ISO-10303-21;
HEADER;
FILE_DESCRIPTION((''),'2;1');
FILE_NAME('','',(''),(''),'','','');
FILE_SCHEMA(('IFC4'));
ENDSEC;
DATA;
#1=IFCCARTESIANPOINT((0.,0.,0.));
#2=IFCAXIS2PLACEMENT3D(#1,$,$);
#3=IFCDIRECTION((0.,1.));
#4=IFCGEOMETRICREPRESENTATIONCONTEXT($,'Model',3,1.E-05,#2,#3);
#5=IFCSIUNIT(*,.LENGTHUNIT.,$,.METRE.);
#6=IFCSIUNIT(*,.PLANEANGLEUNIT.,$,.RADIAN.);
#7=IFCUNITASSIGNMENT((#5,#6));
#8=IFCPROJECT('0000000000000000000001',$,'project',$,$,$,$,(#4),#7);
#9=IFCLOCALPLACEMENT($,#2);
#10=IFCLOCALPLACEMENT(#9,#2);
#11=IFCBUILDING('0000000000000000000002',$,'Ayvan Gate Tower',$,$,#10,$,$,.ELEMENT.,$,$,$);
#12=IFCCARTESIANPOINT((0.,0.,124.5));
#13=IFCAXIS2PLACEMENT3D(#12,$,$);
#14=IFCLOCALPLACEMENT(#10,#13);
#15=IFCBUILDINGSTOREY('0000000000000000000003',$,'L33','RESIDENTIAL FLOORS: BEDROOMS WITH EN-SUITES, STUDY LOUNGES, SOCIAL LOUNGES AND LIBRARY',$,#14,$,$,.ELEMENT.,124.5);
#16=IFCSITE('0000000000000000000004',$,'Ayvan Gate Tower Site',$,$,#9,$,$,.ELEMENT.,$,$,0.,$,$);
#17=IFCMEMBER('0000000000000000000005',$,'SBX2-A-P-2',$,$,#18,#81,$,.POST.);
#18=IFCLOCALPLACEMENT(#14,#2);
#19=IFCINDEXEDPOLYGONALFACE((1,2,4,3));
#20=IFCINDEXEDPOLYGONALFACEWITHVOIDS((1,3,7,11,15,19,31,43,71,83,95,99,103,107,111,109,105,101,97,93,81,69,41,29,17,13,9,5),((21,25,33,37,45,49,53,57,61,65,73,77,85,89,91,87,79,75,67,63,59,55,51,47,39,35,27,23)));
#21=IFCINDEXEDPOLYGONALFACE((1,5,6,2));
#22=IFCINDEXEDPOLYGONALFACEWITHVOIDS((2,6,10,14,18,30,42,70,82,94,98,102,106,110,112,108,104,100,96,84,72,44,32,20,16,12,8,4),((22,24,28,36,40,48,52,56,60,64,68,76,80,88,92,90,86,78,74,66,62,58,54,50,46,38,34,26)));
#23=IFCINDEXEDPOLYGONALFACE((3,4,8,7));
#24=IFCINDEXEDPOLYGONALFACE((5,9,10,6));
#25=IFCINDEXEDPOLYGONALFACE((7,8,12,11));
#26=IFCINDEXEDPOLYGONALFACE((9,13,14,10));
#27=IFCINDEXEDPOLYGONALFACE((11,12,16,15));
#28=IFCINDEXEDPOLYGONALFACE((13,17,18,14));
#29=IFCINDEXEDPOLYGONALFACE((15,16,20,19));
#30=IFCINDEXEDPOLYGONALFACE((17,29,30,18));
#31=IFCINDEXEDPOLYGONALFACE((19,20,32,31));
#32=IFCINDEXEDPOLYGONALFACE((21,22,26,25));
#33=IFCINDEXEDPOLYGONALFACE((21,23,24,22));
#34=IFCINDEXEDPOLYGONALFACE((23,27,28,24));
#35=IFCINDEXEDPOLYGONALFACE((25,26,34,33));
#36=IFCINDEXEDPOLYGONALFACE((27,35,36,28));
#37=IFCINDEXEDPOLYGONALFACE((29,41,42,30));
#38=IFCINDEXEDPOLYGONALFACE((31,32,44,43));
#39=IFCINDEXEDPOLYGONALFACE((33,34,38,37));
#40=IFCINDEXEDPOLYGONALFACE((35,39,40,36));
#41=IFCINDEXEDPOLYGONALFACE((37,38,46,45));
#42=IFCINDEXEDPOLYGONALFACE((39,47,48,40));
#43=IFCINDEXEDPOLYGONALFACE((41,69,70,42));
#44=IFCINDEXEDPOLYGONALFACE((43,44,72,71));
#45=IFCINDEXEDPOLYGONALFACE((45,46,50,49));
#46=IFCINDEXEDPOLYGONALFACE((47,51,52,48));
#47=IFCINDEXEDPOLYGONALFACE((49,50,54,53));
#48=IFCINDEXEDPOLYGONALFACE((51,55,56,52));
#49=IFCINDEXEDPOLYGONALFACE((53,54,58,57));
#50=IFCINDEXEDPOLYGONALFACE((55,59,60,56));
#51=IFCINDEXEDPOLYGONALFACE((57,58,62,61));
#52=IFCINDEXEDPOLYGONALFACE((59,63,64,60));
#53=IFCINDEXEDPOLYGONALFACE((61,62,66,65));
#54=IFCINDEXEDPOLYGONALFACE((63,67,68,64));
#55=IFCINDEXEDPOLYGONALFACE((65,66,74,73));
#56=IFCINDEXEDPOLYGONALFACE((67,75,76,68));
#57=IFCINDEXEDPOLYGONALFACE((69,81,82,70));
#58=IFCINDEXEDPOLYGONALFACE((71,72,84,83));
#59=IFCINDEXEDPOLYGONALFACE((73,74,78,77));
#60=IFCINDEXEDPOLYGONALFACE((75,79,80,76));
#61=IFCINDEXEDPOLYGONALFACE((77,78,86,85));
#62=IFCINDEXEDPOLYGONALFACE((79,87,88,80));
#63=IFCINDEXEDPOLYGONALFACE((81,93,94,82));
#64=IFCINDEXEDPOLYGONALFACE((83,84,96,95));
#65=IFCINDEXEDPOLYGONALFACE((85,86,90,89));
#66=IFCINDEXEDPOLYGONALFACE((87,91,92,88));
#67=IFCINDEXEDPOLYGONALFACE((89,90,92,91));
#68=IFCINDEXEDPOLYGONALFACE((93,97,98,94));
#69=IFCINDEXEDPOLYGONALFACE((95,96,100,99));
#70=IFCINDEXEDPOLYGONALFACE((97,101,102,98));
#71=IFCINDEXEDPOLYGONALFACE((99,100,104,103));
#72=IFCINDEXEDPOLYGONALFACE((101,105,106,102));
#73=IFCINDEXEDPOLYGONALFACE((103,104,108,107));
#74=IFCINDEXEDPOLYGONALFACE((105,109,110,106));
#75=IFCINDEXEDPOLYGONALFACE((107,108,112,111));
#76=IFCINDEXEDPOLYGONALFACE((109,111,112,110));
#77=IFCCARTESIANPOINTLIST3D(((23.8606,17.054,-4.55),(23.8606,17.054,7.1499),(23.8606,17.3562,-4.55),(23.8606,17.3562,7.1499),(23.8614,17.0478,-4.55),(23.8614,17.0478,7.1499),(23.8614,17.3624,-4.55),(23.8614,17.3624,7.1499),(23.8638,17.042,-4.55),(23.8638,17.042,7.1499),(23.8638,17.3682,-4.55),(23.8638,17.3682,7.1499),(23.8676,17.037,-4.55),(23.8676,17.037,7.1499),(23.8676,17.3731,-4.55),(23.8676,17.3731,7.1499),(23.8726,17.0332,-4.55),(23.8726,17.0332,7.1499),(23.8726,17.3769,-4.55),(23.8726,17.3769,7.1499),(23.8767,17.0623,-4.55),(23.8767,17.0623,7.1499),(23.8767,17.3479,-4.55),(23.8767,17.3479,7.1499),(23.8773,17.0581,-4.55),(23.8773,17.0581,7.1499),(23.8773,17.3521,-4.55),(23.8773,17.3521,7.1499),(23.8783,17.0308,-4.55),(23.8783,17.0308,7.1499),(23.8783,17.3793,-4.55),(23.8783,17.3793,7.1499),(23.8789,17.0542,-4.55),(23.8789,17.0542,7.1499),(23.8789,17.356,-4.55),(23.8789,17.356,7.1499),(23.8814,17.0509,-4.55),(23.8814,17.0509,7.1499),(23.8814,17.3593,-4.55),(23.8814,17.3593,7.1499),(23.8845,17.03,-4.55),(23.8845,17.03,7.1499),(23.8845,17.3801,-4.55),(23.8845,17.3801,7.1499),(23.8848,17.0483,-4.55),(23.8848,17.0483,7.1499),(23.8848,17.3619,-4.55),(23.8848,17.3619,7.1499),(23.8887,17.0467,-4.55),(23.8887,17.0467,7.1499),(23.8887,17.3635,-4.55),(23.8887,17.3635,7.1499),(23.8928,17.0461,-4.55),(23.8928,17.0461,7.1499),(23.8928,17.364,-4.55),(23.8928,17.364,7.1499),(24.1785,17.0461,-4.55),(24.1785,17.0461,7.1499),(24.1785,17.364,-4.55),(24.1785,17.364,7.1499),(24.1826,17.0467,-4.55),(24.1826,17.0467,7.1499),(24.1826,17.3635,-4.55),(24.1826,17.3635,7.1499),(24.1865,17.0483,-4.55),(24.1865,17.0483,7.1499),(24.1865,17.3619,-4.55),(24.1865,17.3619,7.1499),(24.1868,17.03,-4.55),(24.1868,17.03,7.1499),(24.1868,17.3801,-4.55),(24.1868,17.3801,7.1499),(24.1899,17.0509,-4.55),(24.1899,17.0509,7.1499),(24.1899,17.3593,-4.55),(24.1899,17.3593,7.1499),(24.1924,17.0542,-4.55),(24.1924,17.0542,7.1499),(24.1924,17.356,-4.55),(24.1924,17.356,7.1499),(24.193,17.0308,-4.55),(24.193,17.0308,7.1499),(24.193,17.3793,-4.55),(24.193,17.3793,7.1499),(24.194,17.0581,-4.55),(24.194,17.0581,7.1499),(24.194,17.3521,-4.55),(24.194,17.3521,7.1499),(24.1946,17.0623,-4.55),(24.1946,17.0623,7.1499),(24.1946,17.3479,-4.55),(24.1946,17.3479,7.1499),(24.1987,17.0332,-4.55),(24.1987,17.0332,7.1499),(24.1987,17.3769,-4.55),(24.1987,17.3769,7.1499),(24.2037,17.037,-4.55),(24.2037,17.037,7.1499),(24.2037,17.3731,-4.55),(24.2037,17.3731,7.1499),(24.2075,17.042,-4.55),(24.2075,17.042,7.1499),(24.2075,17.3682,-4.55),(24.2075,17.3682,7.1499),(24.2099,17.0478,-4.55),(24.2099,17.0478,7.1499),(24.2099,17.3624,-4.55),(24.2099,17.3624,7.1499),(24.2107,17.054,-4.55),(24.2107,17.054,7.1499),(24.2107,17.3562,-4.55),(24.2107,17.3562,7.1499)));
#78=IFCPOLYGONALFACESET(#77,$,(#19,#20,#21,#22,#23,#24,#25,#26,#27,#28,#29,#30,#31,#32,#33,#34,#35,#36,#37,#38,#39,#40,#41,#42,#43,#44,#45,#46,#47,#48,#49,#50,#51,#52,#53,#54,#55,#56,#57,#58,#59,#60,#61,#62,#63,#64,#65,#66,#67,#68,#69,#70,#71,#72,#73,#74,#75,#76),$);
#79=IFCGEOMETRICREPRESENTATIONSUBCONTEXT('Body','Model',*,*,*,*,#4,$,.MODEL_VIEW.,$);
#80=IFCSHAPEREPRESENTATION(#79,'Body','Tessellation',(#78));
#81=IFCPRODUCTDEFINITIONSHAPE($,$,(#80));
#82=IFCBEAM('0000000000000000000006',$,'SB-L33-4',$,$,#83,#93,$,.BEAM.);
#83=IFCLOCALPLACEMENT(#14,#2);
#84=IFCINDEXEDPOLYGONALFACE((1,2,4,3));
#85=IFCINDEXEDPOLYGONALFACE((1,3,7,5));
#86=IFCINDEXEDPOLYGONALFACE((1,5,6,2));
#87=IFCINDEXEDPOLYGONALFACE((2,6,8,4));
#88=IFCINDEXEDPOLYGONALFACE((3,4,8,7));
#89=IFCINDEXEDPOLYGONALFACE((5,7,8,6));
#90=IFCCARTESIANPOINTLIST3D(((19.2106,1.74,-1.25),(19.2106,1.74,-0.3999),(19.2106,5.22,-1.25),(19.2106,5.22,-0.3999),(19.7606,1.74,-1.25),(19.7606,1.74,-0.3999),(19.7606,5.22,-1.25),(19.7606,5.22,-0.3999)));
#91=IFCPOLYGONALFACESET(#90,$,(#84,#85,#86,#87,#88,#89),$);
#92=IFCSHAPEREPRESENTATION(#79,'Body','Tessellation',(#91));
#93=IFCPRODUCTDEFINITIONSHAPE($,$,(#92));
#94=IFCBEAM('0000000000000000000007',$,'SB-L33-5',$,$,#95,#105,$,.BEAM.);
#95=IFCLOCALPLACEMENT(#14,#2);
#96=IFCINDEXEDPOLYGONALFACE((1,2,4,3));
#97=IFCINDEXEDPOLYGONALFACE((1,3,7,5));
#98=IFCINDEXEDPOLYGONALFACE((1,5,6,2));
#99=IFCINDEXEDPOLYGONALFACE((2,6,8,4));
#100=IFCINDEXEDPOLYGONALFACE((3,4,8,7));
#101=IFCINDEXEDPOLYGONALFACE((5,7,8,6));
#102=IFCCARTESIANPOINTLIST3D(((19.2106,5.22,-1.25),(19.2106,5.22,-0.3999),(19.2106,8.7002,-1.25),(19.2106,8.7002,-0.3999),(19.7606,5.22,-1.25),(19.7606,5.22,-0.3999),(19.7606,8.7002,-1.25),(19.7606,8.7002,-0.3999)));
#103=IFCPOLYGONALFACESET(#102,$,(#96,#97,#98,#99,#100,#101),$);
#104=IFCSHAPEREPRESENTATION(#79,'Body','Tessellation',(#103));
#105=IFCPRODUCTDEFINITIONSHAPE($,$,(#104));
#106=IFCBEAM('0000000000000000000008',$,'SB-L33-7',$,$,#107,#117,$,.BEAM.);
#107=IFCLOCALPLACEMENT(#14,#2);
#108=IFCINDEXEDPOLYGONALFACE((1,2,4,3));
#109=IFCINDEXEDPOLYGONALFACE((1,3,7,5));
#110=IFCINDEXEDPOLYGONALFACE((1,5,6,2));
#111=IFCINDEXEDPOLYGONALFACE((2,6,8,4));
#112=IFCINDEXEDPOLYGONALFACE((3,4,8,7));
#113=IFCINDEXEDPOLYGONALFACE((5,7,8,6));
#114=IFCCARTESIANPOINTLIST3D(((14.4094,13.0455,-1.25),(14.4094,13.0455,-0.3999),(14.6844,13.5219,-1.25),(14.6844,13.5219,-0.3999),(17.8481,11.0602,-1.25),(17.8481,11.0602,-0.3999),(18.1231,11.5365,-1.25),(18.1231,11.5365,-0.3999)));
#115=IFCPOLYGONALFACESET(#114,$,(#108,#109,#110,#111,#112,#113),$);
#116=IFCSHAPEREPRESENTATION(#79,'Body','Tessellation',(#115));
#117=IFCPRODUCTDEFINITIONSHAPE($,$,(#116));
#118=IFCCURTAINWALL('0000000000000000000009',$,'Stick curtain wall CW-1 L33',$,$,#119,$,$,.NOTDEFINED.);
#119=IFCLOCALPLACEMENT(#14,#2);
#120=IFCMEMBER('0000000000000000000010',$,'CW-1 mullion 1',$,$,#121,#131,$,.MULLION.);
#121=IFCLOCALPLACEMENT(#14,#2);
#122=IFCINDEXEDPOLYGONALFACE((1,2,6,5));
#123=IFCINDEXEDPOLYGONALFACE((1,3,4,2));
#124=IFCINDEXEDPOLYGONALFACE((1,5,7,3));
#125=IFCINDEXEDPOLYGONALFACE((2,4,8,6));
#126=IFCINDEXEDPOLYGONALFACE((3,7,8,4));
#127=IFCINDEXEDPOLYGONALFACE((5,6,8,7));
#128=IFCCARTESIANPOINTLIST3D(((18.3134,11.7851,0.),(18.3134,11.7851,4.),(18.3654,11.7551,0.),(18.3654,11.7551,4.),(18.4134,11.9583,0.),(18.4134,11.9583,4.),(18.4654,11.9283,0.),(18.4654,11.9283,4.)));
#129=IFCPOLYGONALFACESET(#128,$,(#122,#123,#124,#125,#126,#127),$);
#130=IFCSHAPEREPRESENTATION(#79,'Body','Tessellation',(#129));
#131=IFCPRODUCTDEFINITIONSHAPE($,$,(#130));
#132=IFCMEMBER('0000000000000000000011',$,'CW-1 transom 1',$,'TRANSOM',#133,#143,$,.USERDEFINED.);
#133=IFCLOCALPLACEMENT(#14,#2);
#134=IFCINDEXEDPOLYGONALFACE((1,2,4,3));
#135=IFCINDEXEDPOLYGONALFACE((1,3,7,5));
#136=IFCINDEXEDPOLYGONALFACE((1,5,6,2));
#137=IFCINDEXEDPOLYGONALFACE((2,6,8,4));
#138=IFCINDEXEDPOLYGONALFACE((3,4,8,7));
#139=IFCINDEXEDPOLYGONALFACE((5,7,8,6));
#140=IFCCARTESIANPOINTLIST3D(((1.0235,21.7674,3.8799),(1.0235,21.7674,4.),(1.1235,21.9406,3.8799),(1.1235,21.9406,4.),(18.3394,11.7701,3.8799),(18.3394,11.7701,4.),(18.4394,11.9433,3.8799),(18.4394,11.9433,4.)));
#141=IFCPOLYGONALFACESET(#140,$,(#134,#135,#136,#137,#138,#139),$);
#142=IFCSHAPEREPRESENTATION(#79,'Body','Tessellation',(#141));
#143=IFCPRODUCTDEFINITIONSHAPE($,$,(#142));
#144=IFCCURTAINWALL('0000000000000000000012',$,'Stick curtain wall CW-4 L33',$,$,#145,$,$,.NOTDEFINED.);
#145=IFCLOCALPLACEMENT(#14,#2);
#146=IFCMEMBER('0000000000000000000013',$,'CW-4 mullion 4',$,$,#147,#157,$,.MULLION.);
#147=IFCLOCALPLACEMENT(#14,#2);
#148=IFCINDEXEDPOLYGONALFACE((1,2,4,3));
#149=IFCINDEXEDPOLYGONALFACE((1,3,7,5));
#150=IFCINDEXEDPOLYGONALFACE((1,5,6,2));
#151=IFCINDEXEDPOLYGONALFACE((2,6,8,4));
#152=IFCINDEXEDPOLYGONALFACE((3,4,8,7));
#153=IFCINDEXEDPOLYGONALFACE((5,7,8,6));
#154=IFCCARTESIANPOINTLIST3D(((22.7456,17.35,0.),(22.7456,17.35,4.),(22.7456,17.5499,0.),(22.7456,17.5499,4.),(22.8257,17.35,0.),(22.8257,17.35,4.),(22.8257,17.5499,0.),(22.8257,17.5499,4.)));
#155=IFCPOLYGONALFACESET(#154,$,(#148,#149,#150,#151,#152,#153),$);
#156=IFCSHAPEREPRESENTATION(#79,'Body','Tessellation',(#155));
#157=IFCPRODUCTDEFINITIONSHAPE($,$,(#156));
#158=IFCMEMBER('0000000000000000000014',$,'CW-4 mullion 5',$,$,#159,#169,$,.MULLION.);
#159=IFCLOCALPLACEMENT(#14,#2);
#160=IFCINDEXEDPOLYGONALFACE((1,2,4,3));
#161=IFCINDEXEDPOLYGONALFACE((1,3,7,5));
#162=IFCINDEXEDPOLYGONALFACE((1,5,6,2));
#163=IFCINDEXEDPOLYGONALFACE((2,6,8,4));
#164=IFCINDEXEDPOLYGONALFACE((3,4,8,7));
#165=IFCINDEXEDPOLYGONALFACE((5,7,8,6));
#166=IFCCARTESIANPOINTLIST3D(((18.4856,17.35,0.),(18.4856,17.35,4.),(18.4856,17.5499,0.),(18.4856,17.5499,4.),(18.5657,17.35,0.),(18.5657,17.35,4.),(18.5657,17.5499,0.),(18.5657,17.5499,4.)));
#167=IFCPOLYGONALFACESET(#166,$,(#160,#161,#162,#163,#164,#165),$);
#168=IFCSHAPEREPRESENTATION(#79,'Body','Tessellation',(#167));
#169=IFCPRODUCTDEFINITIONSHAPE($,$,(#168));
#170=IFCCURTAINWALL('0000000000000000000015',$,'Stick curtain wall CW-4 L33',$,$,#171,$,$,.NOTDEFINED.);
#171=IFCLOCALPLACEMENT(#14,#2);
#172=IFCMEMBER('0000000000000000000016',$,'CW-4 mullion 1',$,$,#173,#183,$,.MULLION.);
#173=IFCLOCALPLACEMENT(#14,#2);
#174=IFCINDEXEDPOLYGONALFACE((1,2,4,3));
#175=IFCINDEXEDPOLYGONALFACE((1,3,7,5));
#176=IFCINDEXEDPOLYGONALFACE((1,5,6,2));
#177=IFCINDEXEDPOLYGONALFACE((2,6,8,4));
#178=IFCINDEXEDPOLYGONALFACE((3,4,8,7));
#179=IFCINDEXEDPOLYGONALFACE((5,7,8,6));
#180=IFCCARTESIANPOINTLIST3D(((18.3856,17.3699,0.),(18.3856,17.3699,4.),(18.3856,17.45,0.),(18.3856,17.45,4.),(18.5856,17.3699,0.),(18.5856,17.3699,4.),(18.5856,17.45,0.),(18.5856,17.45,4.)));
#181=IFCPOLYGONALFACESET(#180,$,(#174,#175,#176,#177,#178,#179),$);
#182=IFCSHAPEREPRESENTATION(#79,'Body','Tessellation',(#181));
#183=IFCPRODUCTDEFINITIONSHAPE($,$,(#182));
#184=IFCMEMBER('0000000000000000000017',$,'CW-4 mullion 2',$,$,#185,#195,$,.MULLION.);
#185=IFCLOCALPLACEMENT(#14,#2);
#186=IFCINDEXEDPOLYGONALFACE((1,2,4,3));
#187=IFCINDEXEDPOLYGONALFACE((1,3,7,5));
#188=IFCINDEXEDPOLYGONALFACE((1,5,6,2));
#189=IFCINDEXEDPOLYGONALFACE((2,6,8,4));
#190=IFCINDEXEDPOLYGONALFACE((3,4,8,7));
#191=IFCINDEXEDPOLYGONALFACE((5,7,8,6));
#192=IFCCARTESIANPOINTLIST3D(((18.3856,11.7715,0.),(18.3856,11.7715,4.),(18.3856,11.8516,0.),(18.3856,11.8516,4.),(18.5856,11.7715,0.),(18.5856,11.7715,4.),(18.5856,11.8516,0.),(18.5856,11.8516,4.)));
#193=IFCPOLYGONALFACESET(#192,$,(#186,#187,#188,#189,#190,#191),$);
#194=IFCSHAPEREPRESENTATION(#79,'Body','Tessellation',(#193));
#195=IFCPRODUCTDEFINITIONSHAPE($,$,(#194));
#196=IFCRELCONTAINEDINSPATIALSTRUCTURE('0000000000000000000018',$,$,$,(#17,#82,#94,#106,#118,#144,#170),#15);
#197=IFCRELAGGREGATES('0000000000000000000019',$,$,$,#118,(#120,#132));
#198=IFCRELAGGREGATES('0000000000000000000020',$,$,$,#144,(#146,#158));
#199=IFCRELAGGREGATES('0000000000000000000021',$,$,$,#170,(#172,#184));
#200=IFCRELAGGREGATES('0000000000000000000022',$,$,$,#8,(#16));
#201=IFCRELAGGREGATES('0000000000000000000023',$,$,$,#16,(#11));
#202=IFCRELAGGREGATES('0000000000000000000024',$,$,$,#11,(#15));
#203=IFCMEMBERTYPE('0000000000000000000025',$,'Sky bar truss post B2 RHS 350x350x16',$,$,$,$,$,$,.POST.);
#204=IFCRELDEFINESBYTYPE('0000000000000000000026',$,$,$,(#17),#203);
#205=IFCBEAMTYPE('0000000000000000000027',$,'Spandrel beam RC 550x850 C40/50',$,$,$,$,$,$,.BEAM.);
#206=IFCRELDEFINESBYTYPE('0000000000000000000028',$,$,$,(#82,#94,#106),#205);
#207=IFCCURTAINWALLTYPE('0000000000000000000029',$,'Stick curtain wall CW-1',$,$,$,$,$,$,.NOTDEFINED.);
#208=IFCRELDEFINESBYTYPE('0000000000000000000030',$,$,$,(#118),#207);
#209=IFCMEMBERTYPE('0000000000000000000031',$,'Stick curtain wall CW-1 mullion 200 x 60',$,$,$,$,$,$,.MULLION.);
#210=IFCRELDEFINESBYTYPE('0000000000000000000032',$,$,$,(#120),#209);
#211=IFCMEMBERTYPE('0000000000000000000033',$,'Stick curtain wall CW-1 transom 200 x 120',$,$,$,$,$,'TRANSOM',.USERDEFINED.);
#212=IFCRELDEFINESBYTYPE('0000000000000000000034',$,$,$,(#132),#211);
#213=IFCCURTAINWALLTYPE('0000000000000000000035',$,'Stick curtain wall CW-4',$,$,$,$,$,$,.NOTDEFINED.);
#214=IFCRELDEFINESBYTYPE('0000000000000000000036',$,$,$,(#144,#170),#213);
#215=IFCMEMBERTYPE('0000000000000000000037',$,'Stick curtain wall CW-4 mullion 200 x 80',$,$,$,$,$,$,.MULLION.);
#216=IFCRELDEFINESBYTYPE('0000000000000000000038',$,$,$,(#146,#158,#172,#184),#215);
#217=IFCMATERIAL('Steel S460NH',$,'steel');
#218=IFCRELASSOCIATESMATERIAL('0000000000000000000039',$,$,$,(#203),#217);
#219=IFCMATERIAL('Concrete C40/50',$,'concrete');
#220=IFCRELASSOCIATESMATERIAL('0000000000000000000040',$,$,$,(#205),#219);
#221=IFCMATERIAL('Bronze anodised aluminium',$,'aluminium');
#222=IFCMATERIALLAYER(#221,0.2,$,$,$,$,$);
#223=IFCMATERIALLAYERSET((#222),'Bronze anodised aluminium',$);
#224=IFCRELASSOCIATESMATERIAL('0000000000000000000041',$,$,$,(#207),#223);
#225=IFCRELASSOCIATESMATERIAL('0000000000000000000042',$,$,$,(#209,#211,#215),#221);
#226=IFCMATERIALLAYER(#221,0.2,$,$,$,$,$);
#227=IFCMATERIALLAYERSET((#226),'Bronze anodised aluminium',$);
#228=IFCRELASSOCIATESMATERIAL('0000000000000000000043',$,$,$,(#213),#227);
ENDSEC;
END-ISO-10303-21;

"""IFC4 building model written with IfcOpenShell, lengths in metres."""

from ifc_helpers import new_model, si_unit, direction, frame, origin, origin_2d, place, context, subcontext, project, spatial, rectangle, hollow_rectangle, extrude, material, layer, layer_set, material_profile, profile_set, type_object, element, aggregate, save


model = new_model("IFC4")

# Units and contexts
model_context = context("Model", 3, precision=1e-05, world=origin(), true_north=direction((0.0, 1.0)))
body_context = subcontext(model_context, "Body", "Model", "MODEL_VIEW")
ifc_project = project(units=[si_unit("LENGTHUNIT", "METRE"), si_unit("PLANEANGLEUNIT", "RADIAN")], contexts=[model_context])

# Site, building, storey
site_placement = place(None, origin())
site = spatial("IfcSite", under=ifc_project, at=site_placement, Name="Ayvan Gate Tower Site", CompositionType="ELEMENT", RefElevation=0.0)
building_placement = place(site_placement, origin())
building = spatial("IfcBuilding", under=site, at=building_placement, Name="Ayvan Gate Tower", CompositionType="ELEMENT")
storey_placement = place(building_placement, frame((0.0, 0.0, 124.5)))
storey = spatial("IfcBuildingStorey", under=building, at=storey_placement, Name="L33", Description="RESIDENTIAL FLOORS: BEDROOMS WITH EN-SUITES, STUDY LOUNGES, SOCIAL LOUNGES AND LIBRARY", CompositionType="ELEMENT", Elevation=124.5)

# Shared definitions
ifc_material_1 = material(Name="Concrete C40/50", Category="concrete")

# Member
ifc_material_2 = material(Name="Steel S460NH", Category="steel")
ifc_material_profile_1 = material_profile(ifc_material_2, hollow_rectangle(XDim=0.3501, YDim=0.3501, WallThickness=0.0161, InnerFilletRadius=0.0161, OuterFilletRadius=0.0239, at=origin_2d()), Name="RHS 350x350x16")
ifc_profile_set_1 = profile_set([ifc_material_profile_1], Name="Steel S460NH")
member_type_1 = type_object("IfcMemberType", Name="Sky bar truss post B2 RHS 350x350x16", PredefinedType="POST", material=ifc_profile_set_1)
for number, where, z_axis, x_axis, name in (
    (1, (24.0356, 17.2051, -4.55), (0.0, 0.0, 1.0), (1.0, 0.0, 0.0), "SBX2-A-P-2"),
):
    element("IfcMember", number, at=place(storey_placement, frame(where, z_axis=z_axis, x_axis=x_axis)), inside=storey, type_object=member_type_1, Name=name, PredefinedType="POST", context=body_context, shape_type="SweptSolid", body=[
        extrude(hollow_rectangle(XDim=0.3501, YDim=0.3501, WallThickness=0.0161, InnerFilletRadius=0.0161, OuterFilletRadius=0.0239, at=origin_2d()), origin(), (0.0, 0.0, 1.0), 11.7),
    ])

# Beams
ifc_material_profile_2 = material_profile(ifc_material_1, rectangle(XDim=0.55, YDim=0.8501, at=origin_2d()), Name="RC 550x850")
ifc_profile_set_2 = profile_set([ifc_material_profile_2], Name="Concrete C40/50")
beam_type_1 = type_object("IfcBeamType", Name="Spandrel beam RC 550x850 C40/50", PredefinedType="BEAM", material=ifc_profile_set_2)
beam_1_placement = place(storey_placement, frame((19.4856, 1.74, -0.825), z_axis=(0.0, 1.0, 0.0), x_axis=(-1.0, 0.0, 0.0)))
element("IfcBeam", 2, at=beam_1_placement, inside=storey, type_object=beam_type_1, Name="SB-L33-4", PredefinedType="BEAM", context=body_context, shape_type="SweptSolid", body=[
    extrude(rectangle(XDim=0.55, YDim=0.8501, at=origin_2d()), origin(), (0.0, 0.0, 1.0), 3.48),
])
beam_2_placement = place(storey_placement, frame((19.4856, 5.22, -0.825), z_axis=(0.0, 1.0, 0.0), x_axis=(-1.0, 0.0, 0.0)))
element("IfcBeam", 3, at=beam_2_placement, inside=storey, type_object=beam_type_1, Name="SB-L33-5", PredefinedType="BEAM", context=body_context, shape_type="SweptSolid", body=[
    extrude(rectangle(XDim=0.55, YDim=0.8501, at=origin_2d()), origin(), (0.0, 0.0, 1.0), 3.4802),
])
beam_3_placement = place(storey_placement, frame((17.9856, 11.2983, -0.825), z_axis=(-0.866025, 0.500001, 0.0), x_axis=(-0.500001, -0.866025, 0.0)))
element("IfcBeam", 4, at=beam_3_placement, inside=storey, type_object=beam_type_1, Name="SB-L33-7", PredefinedType="BEAM", context=body_context, shape_type="SweptSolid", body=[
    extrude(rectangle(XDim=0.55, YDim=0.8501, at=origin_2d()), origin(), (0.0, 0.0, 1.0), 3.9707),
])

# Curtain walls, members
ifc_material_3 = material(Name="Bronze anodised aluminium", Category="aluminium")
ifc_layer_1 = layer(ifc_material_3, 0.2)
ifc_layer_set_1 = layer_set([ifc_layer_1], Name="Bronze anodised aluminium")
curtain_wall_type_1 = type_object("IfcCurtainWallType", Name="Stick curtain wall CW-1", PredefinedType="NOTDEFINED", material=ifc_layer_set_1)
curtain_wall_1_placement = place(storey_placement, origin())
curtain_wall_1 = element("IfcCurtainWall", 5, at=curtain_wall_1_placement, inside=storey, type_object=curtain_wall_type_1, Name="Stick curtain wall CW-1 L33", PredefinedType="NOTDEFINED")
ifc_material_profile_3 = material_profile(ifc_material_3, rectangle(XDim=0.2, YDim=0.0601, at=origin_2d()), Name="Stick curtain wall CW-1 mullion 200 x 60")
ifc_profile_set_3 = profile_set([ifc_material_profile_3], Name="Bronze anodised aluminium")
member_type_2 = type_object("IfcMemberType", Name="Stick curtain wall CW-1 mullion 200 x 60", PredefinedType="MULLION", material=ifc_profile_set_3)
member_1_placement = place(storey_placement, frame((18.3894, 11.8567, 0.0), z_axis=(0.0, 0.0, 1.0), x_axis=(0.5, 0.866025, 0.0)))
member_1 = element("IfcMember", 6, at=member_1_placement, type_object=member_type_2, Name="CW-1 mullion 1", PredefinedType="MULLION", context=body_context, shape_type="SweptSolid", body=[
    extrude(rectangle(XDim=0.2, YDim=0.0601, at=origin_2d()), origin(), (0.0, 0.0, 1.0), 4.0),
])
ifc_material_profile_4 = material_profile(ifc_material_3, rectangle(XDim=0.2, YDim=0.1201, at=origin_2d()), Name="Stick curtain wall CW-1 transom 200 x 120")
ifc_profile_set_4 = profile_set([ifc_material_profile_4], Name="Bronze anodised aluminium")
member_type_3 = type_object("IfcMemberType", Name="Stick curtain wall CW-1 transom 200 x 120", ElementType="TRANSOM", PredefinedType="USERDEFINED", material=ifc_profile_set_4)
member_2_placement = place(storey_placement, frame((18.3894, 11.8567, 3.9399), z_axis=(-0.866026, 0.499999, 0.0), x_axis=(-0.499999, -0.866026, 0.0)))
member_2 = element("IfcMember", 7, at=member_2_placement, type_object=member_type_3, Name="CW-1 transom 1", ObjectType="TRANSOM", PredefinedType="USERDEFINED", context=body_context, shape_type="SweptSolid", body=[
    extrude(rectangle(XDim=0.2, YDim=0.1201, at=origin_2d()), origin(), (0.0, 0.0, 1.0), 19.9946),
])
aggregate(curtain_wall_1, [member_1, member_2])
ifc_layer_2 = layer(ifc_material_3, 0.2)
ifc_layer_set_2 = layer_set([ifc_layer_2], Name="Bronze anodised aluminium")
curtain_wall_type_2 = type_object("IfcCurtainWallType", Name="Stick curtain wall CW-4", PredefinedType="NOTDEFINED", material=ifc_layer_set_2)
curtain_wall_2_placement = place(storey_placement, origin())
curtain_wall_2 = element("IfcCurtainWall", 8, at=curtain_wall_2_placement, inside=storey, type_object=curtain_wall_type_2, Name="Stick curtain wall CW-4 L33", PredefinedType="NOTDEFINED")
ifc_material_profile_5 = material_profile(ifc_material_3, rectangle(XDim=0.2, YDim=0.0801, at=origin_2d()), Name="Stick curtain wall CW-4 mullion 200 x 80")
ifc_profile_set_5 = profile_set([ifc_material_profile_5], Name="Bronze anodised aluminium")
member_type_4 = type_object("IfcMemberType", Name="Stick curtain wall CW-4 mullion 200 x 80", PredefinedType="MULLION", material=ifc_profile_set_5)
member_3_placement = place(storey_placement, frame((22.7856, 17.45, 0.0), z_axis=(0.0, 0.0, 1.0), x_axis=(0.0, 1.0, 0.0)))
member_3 = element("IfcMember", 9, at=member_3_placement, type_object=member_type_4, Name="CW-4 mullion 4", PredefinedType="MULLION", context=body_context, shape_type="SweptSolid", body=[
    extrude(rectangle(XDim=0.2, YDim=0.0801, at=origin_2d()), origin(), (0.0, 0.0, 1.0), 4.0),
])
member_4_placement = place(storey_placement, frame((18.5256, 17.45, 0.0), z_axis=(0.0, 0.0, 1.0), x_axis=(0.0, 1.0, 0.0)))
member_4 = element("IfcMember", 10, at=member_4_placement, type_object=member_type_4, Name="CW-4 mullion 5", PredefinedType="MULLION", context=body_context, shape_type="SweptSolid", body=[
    extrude(rectangle(XDim=0.2, YDim=0.0801, at=origin_2d()), origin(), (0.0, 0.0, 1.0), 4.0),
])
curtain_wall_3_placement = place(storey_placement, origin())
curtain_wall_3 = element("IfcCurtainWall", 11, at=curtain_wall_3_placement, inside=storey, type_object=curtain_wall_type_2, Name="Stick curtain wall CW-4 L33", PredefinedType="NOTDEFINED")
member_5_placement = place(storey_placement, frame((18.4856, 17.4099, 0.0), z_axis=(0.0, 0.0, 1.0), x_axis=(-1.0, 0.0, 0.0)))
member_5 = element("IfcMember", 12, at=member_5_placement, type_object=member_type_4, Name="CW-4 mullion 1", PredefinedType="MULLION", context=body_context, shape_type="SweptSolid", body=[
    extrude(rectangle(XDim=0.2, YDim=0.0801, at=origin_2d()), origin(), (0.0, 0.0, 1.0), 4.0),
])
member_6_placement = place(storey_placement, frame((18.4856, 11.8115, 0.0), z_axis=(0.0, 0.0, 1.0), x_axis=(-1.0, 0.0, 0.0)))
member_6 = element("IfcMember", 13, at=member_6_placement, type_object=member_type_4, Name="CW-4 mullion 2", PredefinedType="MULLION", context=body_context, shape_type="SweptSolid", body=[
    extrude(rectangle(XDim=0.2, YDim=0.0801, at=origin_2d()), origin(), (0.0, 0.0, 1.0), 4.0),
])

aggregate(curtain_wall_2, [member_3, member_4])
aggregate(curtain_wall_3, [member_5, member_6])

save(model, "model.ifc")
